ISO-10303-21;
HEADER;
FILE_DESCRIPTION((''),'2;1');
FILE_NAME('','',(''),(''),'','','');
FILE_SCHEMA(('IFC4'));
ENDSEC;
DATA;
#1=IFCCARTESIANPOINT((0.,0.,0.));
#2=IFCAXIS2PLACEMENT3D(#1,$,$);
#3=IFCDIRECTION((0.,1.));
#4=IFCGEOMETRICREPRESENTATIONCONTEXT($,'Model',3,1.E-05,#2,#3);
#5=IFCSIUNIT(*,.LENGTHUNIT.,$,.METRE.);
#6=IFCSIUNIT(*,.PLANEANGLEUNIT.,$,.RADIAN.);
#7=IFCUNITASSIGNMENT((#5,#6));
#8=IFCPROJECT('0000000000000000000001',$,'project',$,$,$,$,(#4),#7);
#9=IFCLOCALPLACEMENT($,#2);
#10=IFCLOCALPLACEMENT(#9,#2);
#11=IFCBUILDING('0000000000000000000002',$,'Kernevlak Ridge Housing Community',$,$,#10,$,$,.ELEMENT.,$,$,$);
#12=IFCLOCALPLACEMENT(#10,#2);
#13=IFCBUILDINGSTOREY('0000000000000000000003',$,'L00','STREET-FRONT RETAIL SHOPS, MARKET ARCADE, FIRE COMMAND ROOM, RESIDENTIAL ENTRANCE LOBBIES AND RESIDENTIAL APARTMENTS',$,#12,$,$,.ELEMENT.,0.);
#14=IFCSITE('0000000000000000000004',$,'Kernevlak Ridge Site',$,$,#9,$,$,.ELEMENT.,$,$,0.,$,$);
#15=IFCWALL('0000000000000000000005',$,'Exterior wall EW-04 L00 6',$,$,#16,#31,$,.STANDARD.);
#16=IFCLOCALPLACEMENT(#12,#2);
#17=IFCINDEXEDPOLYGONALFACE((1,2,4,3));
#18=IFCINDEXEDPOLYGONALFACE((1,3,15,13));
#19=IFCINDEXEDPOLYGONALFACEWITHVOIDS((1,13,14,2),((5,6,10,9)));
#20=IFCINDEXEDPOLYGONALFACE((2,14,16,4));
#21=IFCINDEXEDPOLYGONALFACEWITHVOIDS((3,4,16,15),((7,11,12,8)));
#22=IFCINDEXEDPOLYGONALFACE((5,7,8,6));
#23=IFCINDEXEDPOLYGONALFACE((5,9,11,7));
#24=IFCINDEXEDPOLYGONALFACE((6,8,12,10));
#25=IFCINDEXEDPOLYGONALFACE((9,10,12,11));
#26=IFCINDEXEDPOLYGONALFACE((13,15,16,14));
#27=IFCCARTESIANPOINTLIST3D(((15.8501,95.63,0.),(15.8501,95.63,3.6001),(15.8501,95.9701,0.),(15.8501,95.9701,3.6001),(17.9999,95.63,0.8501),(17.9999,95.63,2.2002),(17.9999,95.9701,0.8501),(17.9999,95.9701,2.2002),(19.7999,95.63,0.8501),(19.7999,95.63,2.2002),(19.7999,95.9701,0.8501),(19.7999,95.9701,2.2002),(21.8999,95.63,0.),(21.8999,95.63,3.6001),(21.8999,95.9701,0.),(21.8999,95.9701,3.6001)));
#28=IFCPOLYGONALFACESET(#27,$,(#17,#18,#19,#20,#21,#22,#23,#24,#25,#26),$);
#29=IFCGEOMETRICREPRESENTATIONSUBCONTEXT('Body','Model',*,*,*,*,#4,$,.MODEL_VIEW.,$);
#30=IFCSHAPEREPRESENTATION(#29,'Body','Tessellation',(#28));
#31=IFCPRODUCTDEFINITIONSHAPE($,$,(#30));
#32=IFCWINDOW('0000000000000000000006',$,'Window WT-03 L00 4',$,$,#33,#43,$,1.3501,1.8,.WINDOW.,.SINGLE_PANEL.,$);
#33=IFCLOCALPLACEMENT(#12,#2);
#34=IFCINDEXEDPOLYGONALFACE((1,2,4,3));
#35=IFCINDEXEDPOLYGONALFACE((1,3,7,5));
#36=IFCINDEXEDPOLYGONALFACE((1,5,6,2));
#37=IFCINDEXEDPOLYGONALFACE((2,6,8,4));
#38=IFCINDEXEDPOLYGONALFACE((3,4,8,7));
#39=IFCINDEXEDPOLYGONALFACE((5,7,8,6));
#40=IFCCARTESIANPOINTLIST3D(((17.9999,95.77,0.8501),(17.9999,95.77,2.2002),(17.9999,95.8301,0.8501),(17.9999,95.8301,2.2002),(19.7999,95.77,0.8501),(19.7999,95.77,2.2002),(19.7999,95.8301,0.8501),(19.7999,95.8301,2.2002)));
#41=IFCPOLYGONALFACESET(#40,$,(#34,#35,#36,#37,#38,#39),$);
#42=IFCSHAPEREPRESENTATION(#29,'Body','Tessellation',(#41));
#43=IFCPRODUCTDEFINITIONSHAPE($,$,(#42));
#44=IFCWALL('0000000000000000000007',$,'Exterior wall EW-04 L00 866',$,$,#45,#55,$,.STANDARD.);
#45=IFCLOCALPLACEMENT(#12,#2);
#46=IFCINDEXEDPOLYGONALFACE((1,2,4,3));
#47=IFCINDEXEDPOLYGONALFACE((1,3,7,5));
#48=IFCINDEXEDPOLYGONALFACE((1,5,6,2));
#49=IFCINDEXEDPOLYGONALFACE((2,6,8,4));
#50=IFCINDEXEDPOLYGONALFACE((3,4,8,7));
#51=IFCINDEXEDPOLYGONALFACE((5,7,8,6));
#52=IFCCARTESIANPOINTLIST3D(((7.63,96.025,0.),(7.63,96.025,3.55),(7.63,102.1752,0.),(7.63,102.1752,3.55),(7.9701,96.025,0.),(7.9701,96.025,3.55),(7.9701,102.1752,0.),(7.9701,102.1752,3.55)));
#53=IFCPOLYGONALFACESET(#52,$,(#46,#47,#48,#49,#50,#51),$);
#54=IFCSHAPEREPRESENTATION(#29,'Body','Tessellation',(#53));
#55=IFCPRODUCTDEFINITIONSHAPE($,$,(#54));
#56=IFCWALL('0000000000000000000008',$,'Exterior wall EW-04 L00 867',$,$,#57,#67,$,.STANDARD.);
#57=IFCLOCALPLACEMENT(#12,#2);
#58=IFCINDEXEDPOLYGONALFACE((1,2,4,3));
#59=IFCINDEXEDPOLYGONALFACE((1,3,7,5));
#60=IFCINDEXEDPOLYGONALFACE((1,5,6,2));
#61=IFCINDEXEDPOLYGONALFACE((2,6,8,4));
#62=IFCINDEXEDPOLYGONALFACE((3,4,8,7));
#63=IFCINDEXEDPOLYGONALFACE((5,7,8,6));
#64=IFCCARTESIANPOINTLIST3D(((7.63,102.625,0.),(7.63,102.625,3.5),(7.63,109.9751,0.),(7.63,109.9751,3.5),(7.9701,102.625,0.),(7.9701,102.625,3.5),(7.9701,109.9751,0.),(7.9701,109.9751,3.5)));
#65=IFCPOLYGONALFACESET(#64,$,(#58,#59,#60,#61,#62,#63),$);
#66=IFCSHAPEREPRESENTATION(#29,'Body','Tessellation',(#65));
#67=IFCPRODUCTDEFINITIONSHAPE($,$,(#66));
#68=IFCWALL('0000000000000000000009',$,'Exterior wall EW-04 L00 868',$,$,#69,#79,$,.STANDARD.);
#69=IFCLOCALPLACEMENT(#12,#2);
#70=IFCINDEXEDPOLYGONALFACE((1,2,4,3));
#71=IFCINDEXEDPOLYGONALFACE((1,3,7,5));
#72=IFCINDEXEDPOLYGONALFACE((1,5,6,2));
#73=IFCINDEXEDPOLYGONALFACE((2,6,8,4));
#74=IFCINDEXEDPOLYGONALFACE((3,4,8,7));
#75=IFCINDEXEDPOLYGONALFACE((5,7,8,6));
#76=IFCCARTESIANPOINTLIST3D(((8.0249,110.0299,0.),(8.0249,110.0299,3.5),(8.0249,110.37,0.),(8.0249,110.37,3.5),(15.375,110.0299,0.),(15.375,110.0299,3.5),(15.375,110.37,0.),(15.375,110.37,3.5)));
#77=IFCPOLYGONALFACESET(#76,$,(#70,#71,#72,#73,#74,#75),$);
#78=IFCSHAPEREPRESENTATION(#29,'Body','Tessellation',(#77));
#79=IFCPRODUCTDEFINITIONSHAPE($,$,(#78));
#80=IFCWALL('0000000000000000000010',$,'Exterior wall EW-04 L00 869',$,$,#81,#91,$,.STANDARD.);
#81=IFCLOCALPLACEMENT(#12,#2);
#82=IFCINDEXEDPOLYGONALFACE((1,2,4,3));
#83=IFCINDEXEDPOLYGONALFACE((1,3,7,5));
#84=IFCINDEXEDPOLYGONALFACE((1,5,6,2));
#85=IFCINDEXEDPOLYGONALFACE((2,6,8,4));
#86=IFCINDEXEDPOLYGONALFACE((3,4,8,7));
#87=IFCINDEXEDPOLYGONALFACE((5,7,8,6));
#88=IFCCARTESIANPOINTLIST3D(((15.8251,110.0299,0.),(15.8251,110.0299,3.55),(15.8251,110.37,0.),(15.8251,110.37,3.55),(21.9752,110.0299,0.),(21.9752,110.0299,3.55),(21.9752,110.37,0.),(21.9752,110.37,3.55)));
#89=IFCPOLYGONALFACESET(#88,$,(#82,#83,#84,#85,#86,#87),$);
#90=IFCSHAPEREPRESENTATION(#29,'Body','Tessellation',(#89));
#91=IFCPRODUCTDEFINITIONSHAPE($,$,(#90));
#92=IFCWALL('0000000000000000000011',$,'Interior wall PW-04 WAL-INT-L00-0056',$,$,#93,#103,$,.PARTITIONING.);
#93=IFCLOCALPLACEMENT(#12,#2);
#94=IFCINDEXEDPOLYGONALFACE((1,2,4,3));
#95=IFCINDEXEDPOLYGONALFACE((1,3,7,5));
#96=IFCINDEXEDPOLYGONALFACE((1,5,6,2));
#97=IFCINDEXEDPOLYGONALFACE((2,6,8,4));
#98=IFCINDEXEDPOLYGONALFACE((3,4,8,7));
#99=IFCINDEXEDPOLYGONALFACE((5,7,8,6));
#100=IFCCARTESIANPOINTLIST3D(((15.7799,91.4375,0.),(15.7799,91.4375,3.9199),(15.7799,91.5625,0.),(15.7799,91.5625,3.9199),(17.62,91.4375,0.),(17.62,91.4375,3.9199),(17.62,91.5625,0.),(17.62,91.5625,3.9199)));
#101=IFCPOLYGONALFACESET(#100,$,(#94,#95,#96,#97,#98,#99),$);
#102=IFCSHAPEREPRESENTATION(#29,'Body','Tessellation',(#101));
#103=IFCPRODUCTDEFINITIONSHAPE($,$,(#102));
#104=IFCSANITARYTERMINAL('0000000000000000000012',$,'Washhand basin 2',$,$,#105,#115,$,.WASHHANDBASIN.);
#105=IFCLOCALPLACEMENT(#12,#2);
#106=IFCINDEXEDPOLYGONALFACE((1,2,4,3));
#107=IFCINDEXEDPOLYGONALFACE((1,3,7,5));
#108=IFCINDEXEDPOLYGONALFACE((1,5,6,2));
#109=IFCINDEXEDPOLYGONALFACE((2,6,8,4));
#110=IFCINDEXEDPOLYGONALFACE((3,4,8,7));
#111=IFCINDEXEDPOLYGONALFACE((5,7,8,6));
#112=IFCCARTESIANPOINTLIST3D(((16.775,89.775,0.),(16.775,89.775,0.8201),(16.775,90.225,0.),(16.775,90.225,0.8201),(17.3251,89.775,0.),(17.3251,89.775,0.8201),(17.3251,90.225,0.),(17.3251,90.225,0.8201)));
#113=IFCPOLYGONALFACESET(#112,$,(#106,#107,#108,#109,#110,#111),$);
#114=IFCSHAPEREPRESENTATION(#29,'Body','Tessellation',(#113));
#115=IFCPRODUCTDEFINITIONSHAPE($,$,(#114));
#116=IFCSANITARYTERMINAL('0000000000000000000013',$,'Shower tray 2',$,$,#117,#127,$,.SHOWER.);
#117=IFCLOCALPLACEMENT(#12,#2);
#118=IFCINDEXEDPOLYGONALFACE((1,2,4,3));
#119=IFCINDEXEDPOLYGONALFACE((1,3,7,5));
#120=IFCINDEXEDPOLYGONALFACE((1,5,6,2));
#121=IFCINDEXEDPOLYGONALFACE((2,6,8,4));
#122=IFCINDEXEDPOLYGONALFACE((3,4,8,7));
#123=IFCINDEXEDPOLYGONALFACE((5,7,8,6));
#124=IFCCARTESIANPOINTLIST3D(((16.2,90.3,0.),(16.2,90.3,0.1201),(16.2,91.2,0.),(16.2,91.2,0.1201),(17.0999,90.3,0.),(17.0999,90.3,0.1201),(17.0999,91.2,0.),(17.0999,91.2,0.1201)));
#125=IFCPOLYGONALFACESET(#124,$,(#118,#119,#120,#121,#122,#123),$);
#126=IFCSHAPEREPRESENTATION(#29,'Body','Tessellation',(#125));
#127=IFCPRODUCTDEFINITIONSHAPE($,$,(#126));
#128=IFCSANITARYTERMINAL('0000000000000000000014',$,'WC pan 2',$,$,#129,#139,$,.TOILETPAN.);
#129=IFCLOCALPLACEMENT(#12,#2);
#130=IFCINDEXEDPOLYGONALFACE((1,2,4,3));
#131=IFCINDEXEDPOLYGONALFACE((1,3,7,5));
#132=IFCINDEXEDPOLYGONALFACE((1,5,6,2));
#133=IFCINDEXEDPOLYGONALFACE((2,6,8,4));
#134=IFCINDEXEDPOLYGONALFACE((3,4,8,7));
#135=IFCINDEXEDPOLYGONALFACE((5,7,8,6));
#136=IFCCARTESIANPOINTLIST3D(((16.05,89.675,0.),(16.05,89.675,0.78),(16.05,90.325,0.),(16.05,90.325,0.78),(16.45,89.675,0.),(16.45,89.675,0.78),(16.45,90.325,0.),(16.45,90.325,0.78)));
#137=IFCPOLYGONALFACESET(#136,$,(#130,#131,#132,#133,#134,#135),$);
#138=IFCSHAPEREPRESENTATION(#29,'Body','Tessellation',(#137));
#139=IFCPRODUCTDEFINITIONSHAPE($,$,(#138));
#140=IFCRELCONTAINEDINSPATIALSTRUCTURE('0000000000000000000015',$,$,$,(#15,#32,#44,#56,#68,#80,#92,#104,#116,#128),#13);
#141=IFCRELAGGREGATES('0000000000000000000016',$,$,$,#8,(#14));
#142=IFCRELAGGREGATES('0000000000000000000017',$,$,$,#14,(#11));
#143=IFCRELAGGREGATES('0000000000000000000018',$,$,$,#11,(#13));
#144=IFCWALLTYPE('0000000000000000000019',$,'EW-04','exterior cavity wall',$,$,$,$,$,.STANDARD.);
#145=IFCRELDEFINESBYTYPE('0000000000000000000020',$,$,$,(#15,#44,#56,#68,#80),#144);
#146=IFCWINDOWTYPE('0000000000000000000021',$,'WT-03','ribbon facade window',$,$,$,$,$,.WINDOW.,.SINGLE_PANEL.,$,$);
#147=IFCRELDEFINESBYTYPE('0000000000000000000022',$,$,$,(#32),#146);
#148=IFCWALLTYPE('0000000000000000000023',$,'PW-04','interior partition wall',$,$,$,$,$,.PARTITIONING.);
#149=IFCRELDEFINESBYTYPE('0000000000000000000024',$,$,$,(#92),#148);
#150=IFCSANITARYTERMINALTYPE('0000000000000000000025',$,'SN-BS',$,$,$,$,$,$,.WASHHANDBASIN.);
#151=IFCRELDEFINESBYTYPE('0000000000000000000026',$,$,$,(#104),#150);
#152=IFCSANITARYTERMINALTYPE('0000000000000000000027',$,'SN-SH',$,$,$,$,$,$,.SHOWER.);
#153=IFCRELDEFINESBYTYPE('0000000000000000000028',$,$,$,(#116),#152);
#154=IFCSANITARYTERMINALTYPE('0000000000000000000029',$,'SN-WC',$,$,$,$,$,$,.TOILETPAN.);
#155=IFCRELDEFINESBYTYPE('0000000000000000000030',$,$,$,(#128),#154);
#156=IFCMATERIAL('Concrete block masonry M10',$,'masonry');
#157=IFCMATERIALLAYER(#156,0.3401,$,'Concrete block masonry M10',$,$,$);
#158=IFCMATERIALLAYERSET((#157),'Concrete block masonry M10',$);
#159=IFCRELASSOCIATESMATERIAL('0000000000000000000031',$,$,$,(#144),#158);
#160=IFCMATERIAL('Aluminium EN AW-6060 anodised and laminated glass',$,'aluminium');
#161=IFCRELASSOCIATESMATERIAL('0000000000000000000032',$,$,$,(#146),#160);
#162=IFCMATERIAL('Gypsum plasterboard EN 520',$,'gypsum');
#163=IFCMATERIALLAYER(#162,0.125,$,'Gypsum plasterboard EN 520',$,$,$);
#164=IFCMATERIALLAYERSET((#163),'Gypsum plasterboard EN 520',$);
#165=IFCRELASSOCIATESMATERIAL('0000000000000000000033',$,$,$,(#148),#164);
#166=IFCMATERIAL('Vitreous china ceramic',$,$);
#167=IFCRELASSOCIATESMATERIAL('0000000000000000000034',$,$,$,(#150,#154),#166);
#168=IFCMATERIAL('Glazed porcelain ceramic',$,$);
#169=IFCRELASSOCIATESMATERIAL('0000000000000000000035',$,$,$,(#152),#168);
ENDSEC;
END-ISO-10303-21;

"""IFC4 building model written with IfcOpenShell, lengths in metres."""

from ifc_helpers import new_model, si_unit, direction, frame, frame_2d, origin, origin_2d, place, context, subcontext, project, spatial, rectangle, extrude, material, layer, layer_set, type_object, element, fill, save


model = new_model("IFC4")

# Units and contexts
model_context = context("Model", 3, precision=1e-05, world=origin(), true_north=direction((0.0, 1.0)))
body_context = subcontext(model_context, "Body", "Model", "MODEL_VIEW")
ifc_project = project(units=[si_unit("LENGTHUNIT", "METRE"), si_unit("PLANEANGLEUNIT", "RADIAN")], contexts=[model_context])

# Site, building, storey
site_placement = place(None, origin())
site = spatial("IfcSite", under=ifc_project, at=site_placement, Name="Kernevlak Ridge Site", CompositionType="ELEMENT", RefElevation=0.0)
building_placement = place(site_placement, origin())
building = spatial("IfcBuilding", under=site, at=building_placement, Name="Kernevlak Ridge Housing Community", CompositionType="ELEMENT")
storey_placement = place(building_placement, origin())
storey = spatial("IfcBuildingStorey", under=building, at=storey_placement, Name="L00", Description="STREET-FRONT RETAIL SHOPS, MARKET ARCADE, FIRE COMMAND ROOM, RESIDENTIAL ENTRANCE LOBBIES AND RESIDENTIAL APARTMENTS", CompositionType="ELEMENT", Elevation=0.0)

# Wall, opening, window
ifc_material_1 = material(Name="Concrete block masonry M10", Category="masonry")
ifc_layer_1 = layer(ifc_material_1, 0.3401, Name="Concrete block masonry M10")
ifc_layer_set_1 = layer_set([ifc_layer_1], Name="Concrete block masonry M10")
wall_type_1 = type_object("IfcWallType", Name="EW-04", Description="exterior cavity wall", PredefinedType="STANDARD", material=ifc_layer_set_1)
wall_1_placement = place(storey_placement, frame((15.8501, 95.8, 0.0), z_axis=(0.0, 0.0, 1.0), x_axis=(1.0, 0.0, 0.0)))
wall_1 = element("IfcWall", 1, at=wall_1_placement, inside=storey, type_object=wall_type_1, Name="Exterior wall EW-04 L00 6", PredefinedType="STANDARD", context=body_context, shape_type="SweptSolid", body=[
    extrude(rectangle(XDim=6.0498, YDim=0.3401, at=frame_2d((3.0249, 0.0))), origin(), (0.0, 0.0, 1.0), 3.6001),
])
opening_placement = place(wall_1_placement, frame((2.1499, 0.0, 0.8501)))
opening = element("IfcOpeningElement", 2, at=opening_placement, cuts=wall_1, PredefinedType="OPENING", context=body_context, shape_type="SweptSolid", body=[
    extrude(rectangle(XDim=1.8, YDim=1.3501, at=frame_2d((0.8999, 0.675))), frame((0.0, 0.1799, 0.0), z_axis=(0.0, -1.0, 0.0), x_axis=(1.0, 0.0, 0.0)), (0.0, 0.0, 1.0), 0.3601),
])
ifc_material_2 = material(Name="Aluminium EN AW-6060 anodised and laminated glass", Category="aluminium")
window_type = type_object("IfcWindowType", Name="WT-03", Description="ribbon facade window", PartitioningType="SINGLE_PANEL", PredefinedType="WINDOW", material=ifc_material_2)
window_placement = place(opening_placement, origin())
window = element("IfcWindow", 3, at=window_placement, inside=storey, type_object=window_type, Name="Window WT-03 L00 4", OverallHeight=1.3501, OverallWidth=1.8, PartitioningType="SINGLE_PANEL", PredefinedType="WINDOW", context=body_context, shape_type="SweptSolid", body=[
    extrude(rectangle(XDim=1.8, YDim=1.3501, at=frame_2d((0.8999, 0.675))), frame((0.0, 0.03, 0.0), z_axis=(0.0, -1.0, 0.0), x_axis=(1.0, 0.0, 0.0)), (0.0, 0.0, 1.0), 0.0601),
])
fill(opening, window)

# Walls
wall_2_placement = place(storey_placement, frame((7.8, 96.0249, 0.0), z_axis=(0.0, 0.0, 1.0), x_axis=(0.0, 1.0, 0.0)))
element("IfcWall", 4, at=wall_2_placement, inside=storey, type_object=wall_type_1, Name="Exterior wall EW-04 L00 866", PredefinedType="STANDARD", context=body_context, shape_type="SweptSolid", body=[
    extrude(rectangle(XDim=6.1501, YDim=0.3401, at=frame_2d((3.0752, 0.0))), origin(), (0.0, 0.0, 1.0), 3.55),
])
for number, where, z_axis, x_axis, name in (
    (5, (7.8, 102.625, 0.0), (0.0, 0.0, 1.0), (0.0, 1.0, 0.0), "Exterior wall EW-04 L00 867"),
    (6, (8.0249, 110.2, 0.0), (0.0, 0.0, 1.0), (1.0, 0.0, 0.0), "Exterior wall EW-04 L00 868"),
):
    element("IfcWall", number, at=place(storey_placement, frame(where, z_axis=z_axis, x_axis=x_axis)), inside=storey, type_object=wall_type_1, Name=name, PredefinedType="STANDARD", context=body_context, shape_type="SweptSolid", body=[
        extrude(rectangle(XDim=7.3501, YDim=0.3401, at=frame_2d((3.675, 0.0))), origin(), (0.0, 0.0, 1.0), 3.5),
    ])
wall_3_placement = place(storey_placement, frame((15.825, 110.2, 0.0), z_axis=(0.0, 0.0, 1.0), x_axis=(1.0, 0.0, 0.0)))
element("IfcWall", 7, at=wall_3_placement, inside=storey, type_object=wall_type_1, Name="Exterior wall EW-04 L00 869", PredefinedType="STANDARD", context=body_context, shape_type="SweptSolid", body=[
    extrude(rectangle(XDim=6.1501, YDim=0.3401, at=frame_2d((3.0752, 0.0))), origin(), (0.0, 0.0, 1.0), 3.55),
])
ifc_material_3 = material(Name="Gypsum plasterboard EN 520", Category="gypsum")
ifc_layer_2 = layer(ifc_material_3, 0.125, Name="Gypsum plasterboard EN 520")
ifc_layer_set_2 = layer_set([ifc_layer_2], Name="Gypsum plasterboard EN 520")
wall_type_2 = type_object("IfcWallType", Name="PW-04", Description="interior partition wall", PredefinedType="PARTITIONING", material=ifc_layer_set_2)
wall_4_placement = place(storey_placement, frame((15.78, 91.5, 0.0), z_axis=(0.0, 0.0, 1.0), x_axis=(1.0, 0.0, 0.0)))
element("IfcWall", 8, at=wall_4_placement, inside=storey, type_object=wall_type_2, Name="Interior wall PW-04 WAL-INT-L00-0056", PredefinedType="PARTITIONING", context=body_context, shape_type="SweptSolid", body=[
    extrude(rectangle(XDim=1.8401, YDim=0.125, at=frame_2d((0.9199, 0.0))), origin(), (0.0, 0.0, 1.0), 3.9199),
])

# Sanitary terminals
ifc_material_4 = material(Name="Vitreous china ceramic")
sanitary_terminal_type_1 = type_object("IfcSanitaryTerminalType", Name="SN-BS", PredefinedType="WASHHANDBASIN", material=ifc_material_4)
sanitary_terminal_1_placement = place(storey_placement, frame((17.05, 90.0, 0.0), z_axis=(0.0, 0.0, 1.0), x_axis=(1.0, 0.0, 0.0)))
element("IfcSanitaryTerminal", 9, at=sanitary_terminal_1_placement, inside=storey, type_object=sanitary_terminal_type_1, Name="Washhand basin 2", PredefinedType="WASHHANDBASIN", context=body_context, shape_type="SweptSolid", body=[
    extrude(rectangle(XDim=0.55, YDim=0.45, at=origin_2d()), origin(), (0.0, 0.0, 1.0), 0.8201),
])
ifc_material_5 = material(Name="Glazed porcelain ceramic")
sanitary_terminal_type_2 = type_object("IfcSanitaryTerminalType", Name="SN-SH", PredefinedType="SHOWER", material=ifc_material_5)
sanitary_terminal_2_placement = place(storey_placement, frame((16.6499, 90.75, 0.0), z_axis=(0.0, 0.0, 1.0), x_axis=(1.0, 0.0, 0.0)))
element("IfcSanitaryTerminal", 10, at=sanitary_terminal_2_placement, inside=storey, type_object=sanitary_terminal_type_2, Name="Shower tray 2", PredefinedType="SHOWER", context=body_context, shape_type="SweptSolid", body=[
    extrude(rectangle(XDim=0.8999, YDim=0.8999, at=origin_2d()), origin(), (0.0, 0.0, 1.0), 0.1201),
])
sanitary_terminal_type_3 = type_object("IfcSanitaryTerminalType", Name="SN-WC", PredefinedType="TOILETPAN", material=ifc_material_4)
sanitary_terminal_3_placement = place(storey_placement, frame((16.25, 90.0, 0.0), z_axis=(0.0, 0.0, 1.0), x_axis=(1.0, 0.0, 0.0)))
element("IfcSanitaryTerminal", 11, at=sanitary_terminal_3_placement, inside=storey, type_object=sanitary_terminal_type_3, Name="WC pan 2", PredefinedType="TOILETPAN", context=body_context, shape_type="SweptSolid", body=[
    extrude(rectangle(XDim=0.3999, YDim=0.6499, at=origin_2d()), origin(), (0.0, 0.0, 1.0), 0.78),
])

save(model, "model.ifc")
